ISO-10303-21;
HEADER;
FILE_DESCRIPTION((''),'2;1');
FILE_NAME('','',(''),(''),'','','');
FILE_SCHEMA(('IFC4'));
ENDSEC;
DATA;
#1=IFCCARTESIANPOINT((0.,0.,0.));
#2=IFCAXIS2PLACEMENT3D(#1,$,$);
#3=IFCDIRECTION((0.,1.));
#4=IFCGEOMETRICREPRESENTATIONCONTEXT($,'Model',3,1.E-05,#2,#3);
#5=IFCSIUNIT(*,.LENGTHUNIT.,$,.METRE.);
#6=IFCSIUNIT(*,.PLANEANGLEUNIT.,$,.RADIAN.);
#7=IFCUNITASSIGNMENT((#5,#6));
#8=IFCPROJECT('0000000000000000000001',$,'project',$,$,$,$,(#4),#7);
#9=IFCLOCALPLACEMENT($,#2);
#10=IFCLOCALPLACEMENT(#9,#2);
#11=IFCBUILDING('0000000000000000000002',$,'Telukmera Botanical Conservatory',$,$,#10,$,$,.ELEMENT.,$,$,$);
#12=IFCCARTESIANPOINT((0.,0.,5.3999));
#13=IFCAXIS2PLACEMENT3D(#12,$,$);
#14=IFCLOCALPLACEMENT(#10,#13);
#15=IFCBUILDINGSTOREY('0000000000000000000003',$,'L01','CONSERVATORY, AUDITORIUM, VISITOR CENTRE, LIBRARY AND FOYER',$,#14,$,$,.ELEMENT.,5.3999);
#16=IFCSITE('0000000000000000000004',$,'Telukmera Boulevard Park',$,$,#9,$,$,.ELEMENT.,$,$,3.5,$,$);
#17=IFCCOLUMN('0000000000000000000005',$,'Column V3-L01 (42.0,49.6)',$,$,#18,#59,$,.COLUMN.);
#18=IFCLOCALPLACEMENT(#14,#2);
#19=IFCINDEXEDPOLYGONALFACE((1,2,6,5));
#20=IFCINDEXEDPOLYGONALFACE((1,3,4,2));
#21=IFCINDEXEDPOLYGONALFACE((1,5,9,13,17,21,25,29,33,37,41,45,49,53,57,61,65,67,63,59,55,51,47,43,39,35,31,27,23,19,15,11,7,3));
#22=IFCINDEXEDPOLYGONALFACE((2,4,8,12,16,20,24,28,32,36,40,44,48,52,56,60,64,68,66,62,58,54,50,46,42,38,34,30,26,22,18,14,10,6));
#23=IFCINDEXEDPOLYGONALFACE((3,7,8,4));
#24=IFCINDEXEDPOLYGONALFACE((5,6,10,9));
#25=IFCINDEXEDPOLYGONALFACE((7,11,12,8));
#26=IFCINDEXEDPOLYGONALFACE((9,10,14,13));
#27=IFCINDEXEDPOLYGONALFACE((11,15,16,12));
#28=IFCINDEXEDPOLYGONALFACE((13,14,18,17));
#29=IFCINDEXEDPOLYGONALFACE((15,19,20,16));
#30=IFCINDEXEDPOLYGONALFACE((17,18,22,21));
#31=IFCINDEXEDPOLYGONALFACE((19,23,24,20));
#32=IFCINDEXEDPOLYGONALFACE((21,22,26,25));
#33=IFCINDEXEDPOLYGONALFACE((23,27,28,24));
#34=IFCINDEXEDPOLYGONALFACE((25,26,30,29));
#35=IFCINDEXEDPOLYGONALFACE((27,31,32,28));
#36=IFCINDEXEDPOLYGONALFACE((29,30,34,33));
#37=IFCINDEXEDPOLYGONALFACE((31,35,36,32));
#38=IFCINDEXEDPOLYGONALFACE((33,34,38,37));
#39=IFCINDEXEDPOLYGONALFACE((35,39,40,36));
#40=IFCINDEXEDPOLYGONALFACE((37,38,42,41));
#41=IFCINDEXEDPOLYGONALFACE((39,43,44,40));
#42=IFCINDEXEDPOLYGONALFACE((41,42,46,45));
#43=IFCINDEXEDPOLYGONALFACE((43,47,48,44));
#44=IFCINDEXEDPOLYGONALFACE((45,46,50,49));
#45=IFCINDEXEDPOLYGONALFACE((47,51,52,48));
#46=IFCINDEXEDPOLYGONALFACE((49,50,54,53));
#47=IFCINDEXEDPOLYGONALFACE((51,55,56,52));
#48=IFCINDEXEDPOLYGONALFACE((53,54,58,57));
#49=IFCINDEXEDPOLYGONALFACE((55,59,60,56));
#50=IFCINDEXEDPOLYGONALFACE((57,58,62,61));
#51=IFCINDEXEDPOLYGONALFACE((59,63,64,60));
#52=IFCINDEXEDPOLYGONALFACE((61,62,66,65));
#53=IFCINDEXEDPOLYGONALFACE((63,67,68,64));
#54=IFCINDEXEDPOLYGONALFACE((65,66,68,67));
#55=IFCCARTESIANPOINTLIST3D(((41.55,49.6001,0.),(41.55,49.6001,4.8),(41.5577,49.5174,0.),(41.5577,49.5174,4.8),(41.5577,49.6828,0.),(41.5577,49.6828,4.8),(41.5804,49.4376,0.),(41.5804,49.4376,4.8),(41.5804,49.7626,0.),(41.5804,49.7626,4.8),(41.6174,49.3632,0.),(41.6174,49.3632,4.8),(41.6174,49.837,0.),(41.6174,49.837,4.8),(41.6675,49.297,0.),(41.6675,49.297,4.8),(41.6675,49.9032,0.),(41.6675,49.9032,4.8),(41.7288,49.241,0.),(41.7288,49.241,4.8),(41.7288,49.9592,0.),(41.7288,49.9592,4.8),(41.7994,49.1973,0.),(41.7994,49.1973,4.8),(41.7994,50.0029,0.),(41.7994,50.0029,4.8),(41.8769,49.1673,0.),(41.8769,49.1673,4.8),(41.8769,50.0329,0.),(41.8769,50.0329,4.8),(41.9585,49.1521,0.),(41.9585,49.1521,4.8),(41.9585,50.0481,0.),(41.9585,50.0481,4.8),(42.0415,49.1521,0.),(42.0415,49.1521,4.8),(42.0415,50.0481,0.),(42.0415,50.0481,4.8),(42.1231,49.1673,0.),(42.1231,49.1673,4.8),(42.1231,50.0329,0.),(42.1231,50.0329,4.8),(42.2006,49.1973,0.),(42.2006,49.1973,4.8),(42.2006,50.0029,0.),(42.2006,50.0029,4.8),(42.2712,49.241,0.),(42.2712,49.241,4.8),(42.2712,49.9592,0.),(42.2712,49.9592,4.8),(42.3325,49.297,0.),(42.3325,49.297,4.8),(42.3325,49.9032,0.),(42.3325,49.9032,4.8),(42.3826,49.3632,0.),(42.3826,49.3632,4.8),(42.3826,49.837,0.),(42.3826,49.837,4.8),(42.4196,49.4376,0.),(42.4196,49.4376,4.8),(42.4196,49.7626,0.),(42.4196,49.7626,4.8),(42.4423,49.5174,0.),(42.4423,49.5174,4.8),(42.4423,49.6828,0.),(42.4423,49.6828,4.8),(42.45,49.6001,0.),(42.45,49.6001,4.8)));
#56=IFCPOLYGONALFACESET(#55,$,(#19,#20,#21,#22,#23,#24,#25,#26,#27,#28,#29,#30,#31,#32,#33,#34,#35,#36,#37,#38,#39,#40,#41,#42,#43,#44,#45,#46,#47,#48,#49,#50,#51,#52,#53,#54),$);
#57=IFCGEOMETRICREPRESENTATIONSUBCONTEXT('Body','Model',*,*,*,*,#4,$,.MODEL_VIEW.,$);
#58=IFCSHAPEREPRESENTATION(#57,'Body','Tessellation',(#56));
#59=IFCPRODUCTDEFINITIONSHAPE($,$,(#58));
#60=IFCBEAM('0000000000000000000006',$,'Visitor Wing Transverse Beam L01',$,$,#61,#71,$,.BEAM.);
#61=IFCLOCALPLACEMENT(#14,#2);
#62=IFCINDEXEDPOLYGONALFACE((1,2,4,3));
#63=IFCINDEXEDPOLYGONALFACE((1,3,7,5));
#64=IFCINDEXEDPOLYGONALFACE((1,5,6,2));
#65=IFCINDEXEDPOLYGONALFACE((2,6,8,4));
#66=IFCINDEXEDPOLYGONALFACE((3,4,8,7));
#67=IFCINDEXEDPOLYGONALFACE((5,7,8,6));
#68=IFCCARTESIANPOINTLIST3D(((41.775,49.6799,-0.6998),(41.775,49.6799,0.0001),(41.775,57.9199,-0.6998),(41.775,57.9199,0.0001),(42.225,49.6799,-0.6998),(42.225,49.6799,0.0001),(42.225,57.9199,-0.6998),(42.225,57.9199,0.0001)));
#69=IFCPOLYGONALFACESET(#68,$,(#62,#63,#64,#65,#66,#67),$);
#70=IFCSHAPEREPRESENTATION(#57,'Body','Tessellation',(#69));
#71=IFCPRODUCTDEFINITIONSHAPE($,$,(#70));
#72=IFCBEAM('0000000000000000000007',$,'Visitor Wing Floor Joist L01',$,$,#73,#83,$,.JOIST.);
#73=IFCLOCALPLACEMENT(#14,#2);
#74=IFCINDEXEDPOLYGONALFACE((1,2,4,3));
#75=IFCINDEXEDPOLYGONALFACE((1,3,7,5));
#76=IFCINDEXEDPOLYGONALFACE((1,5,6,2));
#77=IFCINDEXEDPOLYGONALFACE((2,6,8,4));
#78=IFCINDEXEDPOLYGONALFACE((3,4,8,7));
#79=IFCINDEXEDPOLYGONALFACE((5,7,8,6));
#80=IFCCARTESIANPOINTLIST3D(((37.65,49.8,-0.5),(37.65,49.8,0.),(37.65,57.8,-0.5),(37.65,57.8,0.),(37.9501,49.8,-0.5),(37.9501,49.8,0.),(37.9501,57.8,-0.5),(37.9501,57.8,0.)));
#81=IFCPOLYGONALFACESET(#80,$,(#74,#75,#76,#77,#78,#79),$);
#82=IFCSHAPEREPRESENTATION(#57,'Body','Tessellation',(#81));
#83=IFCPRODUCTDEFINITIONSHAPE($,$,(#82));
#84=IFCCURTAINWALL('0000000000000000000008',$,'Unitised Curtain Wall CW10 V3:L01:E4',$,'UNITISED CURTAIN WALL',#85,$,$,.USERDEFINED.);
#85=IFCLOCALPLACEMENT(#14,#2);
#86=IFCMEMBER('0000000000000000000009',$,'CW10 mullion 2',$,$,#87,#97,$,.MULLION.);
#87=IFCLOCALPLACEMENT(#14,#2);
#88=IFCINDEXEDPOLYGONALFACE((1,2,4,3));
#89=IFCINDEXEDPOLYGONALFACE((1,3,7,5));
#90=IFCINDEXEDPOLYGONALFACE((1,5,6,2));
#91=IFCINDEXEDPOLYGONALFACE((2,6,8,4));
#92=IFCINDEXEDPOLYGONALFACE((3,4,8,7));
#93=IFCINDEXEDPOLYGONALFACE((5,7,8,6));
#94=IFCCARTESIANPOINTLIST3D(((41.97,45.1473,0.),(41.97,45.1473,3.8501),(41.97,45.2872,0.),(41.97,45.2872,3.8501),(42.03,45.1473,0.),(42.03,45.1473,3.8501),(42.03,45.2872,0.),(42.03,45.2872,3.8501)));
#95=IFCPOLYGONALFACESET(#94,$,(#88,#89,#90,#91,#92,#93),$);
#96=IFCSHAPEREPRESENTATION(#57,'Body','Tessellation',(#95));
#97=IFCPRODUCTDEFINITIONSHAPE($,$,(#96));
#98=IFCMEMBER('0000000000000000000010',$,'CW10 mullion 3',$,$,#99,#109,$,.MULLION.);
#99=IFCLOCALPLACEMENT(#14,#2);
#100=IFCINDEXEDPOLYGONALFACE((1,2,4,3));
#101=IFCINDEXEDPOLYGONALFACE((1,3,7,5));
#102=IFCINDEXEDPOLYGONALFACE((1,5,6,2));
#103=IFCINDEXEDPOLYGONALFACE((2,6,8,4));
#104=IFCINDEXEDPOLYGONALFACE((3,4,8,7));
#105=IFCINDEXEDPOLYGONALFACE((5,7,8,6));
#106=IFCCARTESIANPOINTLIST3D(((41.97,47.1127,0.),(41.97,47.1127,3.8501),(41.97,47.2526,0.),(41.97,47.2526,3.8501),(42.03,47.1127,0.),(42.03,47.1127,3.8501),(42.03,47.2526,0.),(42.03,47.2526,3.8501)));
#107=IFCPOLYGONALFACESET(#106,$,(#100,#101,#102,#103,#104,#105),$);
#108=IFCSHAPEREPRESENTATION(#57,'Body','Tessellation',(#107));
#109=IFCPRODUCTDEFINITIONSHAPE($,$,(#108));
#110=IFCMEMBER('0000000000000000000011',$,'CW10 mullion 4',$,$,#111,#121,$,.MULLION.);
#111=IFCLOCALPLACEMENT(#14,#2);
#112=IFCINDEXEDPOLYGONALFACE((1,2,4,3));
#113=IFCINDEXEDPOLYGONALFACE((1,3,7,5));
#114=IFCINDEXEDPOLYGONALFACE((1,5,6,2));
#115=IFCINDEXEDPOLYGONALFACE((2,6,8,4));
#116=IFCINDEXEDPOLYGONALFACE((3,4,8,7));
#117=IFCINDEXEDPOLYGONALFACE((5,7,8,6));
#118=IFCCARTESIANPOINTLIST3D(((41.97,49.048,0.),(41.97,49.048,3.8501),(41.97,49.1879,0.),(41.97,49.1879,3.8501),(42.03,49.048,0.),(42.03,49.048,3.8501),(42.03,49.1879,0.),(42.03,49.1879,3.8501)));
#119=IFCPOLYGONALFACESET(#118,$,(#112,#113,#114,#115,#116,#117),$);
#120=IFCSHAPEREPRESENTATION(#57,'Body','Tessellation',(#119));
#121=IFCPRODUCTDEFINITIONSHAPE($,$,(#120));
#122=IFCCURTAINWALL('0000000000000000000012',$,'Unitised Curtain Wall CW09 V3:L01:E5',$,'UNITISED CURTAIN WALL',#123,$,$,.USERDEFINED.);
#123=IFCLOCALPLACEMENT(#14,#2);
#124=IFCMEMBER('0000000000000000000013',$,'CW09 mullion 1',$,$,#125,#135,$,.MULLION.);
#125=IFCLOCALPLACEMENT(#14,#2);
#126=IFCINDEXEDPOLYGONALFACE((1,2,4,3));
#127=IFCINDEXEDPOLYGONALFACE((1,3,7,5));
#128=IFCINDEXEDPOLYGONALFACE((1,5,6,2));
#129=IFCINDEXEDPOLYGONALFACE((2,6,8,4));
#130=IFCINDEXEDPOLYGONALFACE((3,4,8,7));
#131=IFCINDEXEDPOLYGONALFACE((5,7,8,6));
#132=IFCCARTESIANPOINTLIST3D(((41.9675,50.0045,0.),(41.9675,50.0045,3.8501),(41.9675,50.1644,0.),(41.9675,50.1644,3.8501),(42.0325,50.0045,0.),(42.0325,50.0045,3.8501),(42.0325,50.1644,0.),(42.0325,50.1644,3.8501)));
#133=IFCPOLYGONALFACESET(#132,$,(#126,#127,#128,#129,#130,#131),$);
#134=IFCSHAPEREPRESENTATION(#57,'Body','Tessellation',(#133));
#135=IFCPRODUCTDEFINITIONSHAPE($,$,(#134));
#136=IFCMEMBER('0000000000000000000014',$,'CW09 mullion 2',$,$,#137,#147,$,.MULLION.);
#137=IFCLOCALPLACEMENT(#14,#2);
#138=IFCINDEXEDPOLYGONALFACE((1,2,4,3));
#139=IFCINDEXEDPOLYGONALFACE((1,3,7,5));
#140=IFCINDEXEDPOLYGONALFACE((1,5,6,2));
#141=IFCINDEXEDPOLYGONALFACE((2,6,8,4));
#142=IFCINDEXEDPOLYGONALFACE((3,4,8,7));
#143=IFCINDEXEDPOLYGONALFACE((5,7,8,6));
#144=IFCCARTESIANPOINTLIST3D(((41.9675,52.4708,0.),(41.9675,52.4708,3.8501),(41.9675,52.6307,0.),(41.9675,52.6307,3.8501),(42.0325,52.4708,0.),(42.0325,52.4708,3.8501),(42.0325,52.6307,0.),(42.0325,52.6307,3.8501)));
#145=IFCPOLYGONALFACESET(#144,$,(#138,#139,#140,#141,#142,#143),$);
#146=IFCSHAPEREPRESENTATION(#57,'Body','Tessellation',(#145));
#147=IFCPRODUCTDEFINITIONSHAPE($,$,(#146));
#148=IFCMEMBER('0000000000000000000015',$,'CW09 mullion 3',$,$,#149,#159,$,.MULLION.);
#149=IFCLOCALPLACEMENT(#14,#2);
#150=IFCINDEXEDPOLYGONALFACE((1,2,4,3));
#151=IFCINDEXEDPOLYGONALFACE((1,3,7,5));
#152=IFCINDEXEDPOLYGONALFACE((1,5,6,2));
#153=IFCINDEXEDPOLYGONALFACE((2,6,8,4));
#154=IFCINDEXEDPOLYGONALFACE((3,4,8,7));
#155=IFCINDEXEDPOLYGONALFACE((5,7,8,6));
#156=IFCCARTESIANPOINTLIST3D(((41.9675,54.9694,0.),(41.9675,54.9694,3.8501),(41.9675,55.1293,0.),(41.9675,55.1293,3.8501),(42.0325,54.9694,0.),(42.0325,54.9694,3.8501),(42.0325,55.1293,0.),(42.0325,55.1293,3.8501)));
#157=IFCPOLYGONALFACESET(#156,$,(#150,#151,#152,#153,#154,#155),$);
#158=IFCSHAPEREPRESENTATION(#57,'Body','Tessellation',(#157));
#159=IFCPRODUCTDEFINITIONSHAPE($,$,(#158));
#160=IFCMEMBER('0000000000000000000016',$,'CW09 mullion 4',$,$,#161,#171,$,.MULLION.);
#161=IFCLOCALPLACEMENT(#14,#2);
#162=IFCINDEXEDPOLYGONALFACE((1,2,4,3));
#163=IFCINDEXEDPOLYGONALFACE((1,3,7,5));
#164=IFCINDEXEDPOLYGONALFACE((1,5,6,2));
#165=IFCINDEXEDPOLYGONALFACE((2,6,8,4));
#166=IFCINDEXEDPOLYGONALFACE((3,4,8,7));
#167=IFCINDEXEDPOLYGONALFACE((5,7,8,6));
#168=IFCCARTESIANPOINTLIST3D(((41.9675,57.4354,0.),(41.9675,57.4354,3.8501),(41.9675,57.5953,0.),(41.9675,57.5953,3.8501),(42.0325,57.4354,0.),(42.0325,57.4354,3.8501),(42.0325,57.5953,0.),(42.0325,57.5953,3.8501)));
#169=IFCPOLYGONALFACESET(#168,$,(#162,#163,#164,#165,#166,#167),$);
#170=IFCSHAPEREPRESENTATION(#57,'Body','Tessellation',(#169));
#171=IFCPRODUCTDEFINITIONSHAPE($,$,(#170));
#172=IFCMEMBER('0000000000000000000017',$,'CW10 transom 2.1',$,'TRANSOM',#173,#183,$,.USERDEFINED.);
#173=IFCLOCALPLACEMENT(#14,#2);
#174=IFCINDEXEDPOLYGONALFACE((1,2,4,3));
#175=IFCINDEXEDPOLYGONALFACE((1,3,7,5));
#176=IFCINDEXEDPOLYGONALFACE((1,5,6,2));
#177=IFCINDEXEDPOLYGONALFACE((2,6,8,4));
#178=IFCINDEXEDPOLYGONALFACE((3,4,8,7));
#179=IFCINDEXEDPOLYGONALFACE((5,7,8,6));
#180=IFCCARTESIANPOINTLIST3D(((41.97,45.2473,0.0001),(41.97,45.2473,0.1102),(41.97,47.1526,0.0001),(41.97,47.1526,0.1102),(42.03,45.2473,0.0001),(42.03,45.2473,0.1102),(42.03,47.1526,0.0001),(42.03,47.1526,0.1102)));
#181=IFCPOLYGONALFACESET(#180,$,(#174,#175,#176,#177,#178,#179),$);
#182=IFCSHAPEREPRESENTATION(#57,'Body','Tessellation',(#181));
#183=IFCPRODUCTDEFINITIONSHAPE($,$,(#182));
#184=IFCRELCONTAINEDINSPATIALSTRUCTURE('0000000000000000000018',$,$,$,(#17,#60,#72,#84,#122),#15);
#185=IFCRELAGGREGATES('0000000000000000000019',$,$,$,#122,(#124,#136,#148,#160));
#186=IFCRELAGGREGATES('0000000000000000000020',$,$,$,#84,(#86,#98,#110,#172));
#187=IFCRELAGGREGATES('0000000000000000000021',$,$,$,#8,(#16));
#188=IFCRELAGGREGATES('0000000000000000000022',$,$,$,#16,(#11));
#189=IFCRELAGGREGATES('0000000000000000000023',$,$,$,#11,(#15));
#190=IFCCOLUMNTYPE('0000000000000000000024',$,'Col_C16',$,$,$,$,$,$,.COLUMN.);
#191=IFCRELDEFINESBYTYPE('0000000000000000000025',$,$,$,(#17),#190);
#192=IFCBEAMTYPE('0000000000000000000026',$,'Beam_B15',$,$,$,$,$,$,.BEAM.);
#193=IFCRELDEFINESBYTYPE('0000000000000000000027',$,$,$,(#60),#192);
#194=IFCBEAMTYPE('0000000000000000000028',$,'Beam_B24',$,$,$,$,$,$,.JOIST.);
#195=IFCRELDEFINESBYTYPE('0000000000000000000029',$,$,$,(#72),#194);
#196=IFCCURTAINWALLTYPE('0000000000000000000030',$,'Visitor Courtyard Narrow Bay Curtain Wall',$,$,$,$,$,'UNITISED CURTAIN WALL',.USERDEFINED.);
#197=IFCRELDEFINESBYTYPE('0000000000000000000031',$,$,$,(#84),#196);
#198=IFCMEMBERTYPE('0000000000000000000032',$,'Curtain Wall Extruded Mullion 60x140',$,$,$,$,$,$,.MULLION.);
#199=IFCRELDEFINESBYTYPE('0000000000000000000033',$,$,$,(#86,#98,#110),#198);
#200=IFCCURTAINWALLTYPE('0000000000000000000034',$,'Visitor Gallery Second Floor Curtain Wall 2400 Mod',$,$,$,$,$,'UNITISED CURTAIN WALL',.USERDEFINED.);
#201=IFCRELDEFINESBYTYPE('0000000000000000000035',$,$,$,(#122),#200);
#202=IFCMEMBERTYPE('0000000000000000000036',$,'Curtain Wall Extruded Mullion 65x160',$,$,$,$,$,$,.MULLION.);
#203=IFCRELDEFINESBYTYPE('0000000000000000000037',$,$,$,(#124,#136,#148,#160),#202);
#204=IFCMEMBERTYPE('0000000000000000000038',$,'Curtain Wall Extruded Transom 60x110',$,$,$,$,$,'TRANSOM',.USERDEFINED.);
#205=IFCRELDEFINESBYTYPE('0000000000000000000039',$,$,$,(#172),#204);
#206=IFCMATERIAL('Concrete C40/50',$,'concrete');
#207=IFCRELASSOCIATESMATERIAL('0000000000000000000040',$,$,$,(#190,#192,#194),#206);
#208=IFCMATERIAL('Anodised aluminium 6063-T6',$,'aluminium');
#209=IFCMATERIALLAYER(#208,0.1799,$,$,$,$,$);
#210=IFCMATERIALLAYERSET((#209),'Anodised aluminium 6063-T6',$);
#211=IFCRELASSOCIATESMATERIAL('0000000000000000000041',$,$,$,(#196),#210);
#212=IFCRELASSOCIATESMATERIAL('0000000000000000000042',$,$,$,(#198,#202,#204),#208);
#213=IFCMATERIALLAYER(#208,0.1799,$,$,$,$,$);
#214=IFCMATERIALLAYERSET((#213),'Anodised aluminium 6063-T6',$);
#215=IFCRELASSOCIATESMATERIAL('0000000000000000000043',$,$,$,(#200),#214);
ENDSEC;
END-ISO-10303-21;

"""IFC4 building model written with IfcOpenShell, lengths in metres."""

from ifc_helpers import new_model, si_unit, direction, frame, origin, origin_2d, place, context, subcontext, project, spatial, rectangle, circle, extrude, material, layer, layer_set, material_profile, profile_set, type_object, element, aggregate, save


model = new_model("IFC4")

# Units and contexts
model_context = context("Model", 3, precision=1e-05, world=origin(), true_north=direction((0.0, 1.0)))
body_context = subcontext(model_context, "Body", "Model", "MODEL_VIEW")
ifc_project = project(units=[si_unit("LENGTHUNIT", "METRE"), si_unit("PLANEANGLEUNIT", "RADIAN")], contexts=[model_context])

# Site, building, storey
site_placement = place(None, origin())
site = spatial("IfcSite", under=ifc_project, at=site_placement, Name="Telukmera Boulevard Park", CompositionType="ELEMENT", RefElevation=3.5)
building_placement = place(site_placement, origin())
building = spatial("IfcBuilding", under=site, at=building_placement, Name="Telukmera Botanical Conservatory", CompositionType="ELEMENT")
storey_placement = place(building_placement, frame((0.0, 0.0, 5.3999)))
storey = spatial("IfcBuildingStorey", under=building, at=storey_placement, Name="L01", Description="CONSERVATORY, AUDITORIUM, VISITOR CENTRE, LIBRARY AND FOYER", CompositionType="ELEMENT", Elevation=5.3999)

# Column
ifc_material_1 = material(Name="Concrete C40/50", Category="concrete")
ifc_material_profile_1 = material_profile(ifc_material_1, circle(Radius=0.45, at=origin_2d()), Name="RC D900")
ifc_profile_set_1 = profile_set([ifc_material_profile_1], Name="Concrete C40/50")
column_type = type_object("IfcColumnType", Name="Col_C16", PredefinedType="COLUMN", material=ifc_profile_set_1)
column_placement = place(storey_placement, frame((42.0, 49.6001, 0.0), z_axis=(0.0, 0.0, 1.0), x_axis=(1.0, 0.0, 0.0)))
element("IfcColumn", 1, at=column_placement, inside=storey, type_object=column_type, Name="Column V3-L01 (42.0,49.6)", PredefinedType="COLUMN", context=body_context, shape_type="SweptSolid", body=[
    extrude(circle(Radius=0.45, at=origin_2d()), origin(), (0.0, 0.0, 1.0), 4.8),
])

# Beams
ifc_material_profile_2 = material_profile(ifc_material_1, rectangle(XDim=0.45, YDim=0.7, at=origin_2d()), Name="RC 450x700")
ifc_profile_set_2 = profile_set([ifc_material_profile_2], Name="Concrete C40/50")
beam_type_1 = type_object("IfcBeamType", Name="Beam_B15", PredefinedType="BEAM", material=ifc_profile_set_2)
beam_1_placement = place(storey_placement, frame((42.0, 49.6799, -0.3499), z_axis=(0.0, 1.0, 0.0), x_axis=(-1.0, 0.0, 0.0)))
element("IfcBeam", 2, at=beam_1_placement, inside=storey, type_object=beam_type_1, Name="Visitor Wing Transverse Beam L01", PredefinedType="BEAM", context=body_context, shape_type="SweptSolid", body=[
    extrude(rectangle(XDim=0.45, YDim=0.7, at=origin_2d()), origin(), (0.0, 0.0, 1.0), 8.24),
])
ifc_material_profile_3 = material_profile(ifc_material_1, rectangle(XDim=0.3, YDim=0.5, at=origin_2d()), Name="RC 300x500")
ifc_profile_set_3 = profile_set([ifc_material_profile_3], Name="Concrete C40/50")
beam_type_2 = type_object("IfcBeamType", Name="Beam_B24", PredefinedType="JOIST", material=ifc_profile_set_3)
beam_2_placement = place(storey_placement, frame((37.8, 49.8, -0.25), z_axis=(0.0, 1.0, 0.0), x_axis=(-1.0, 0.0, 0.0)))
element("IfcBeam", 3, at=beam_2_placement, inside=storey, type_object=beam_type_2, Name="Visitor Wing Floor Joist L01", PredefinedType="JOIST", context=body_context, shape_type="SweptSolid", body=[
    extrude(rectangle(XDim=0.3, YDim=0.5, at=origin_2d()), origin(), (0.0, 0.0, 1.0), 8.0),
])

# Curtain walls, members
ifc_material_2 = material(Name="Anodised aluminium 6063-T6", Category="aluminium")
ifc_layer_1 = layer(ifc_material_2, 0.1799)
ifc_layer_set_1 = layer_set([ifc_layer_1], Name="Anodised aluminium 6063-T6")
curtain_wall_type_1 = type_object("IfcCurtainWallType", Name="Visitor Courtyard Narrow Bay Curtain Wall", ElementType="UNITISED CURTAIN WALL", PredefinedType="USERDEFINED", material=ifc_layer_set_1)
curtain_wall_1_placement = place(storey_placement, origin())
curtain_wall_1 = element("IfcCurtainWall", 4, at=curtain_wall_1_placement, inside=storey, type_object=curtain_wall_type_1, Name="Unitised Curtain Wall CW10 V3:L01:E4", ObjectType="UNITISED CURTAIN WALL", PredefinedType="USERDEFINED")
ifc_material_profile_4 = material_profile(ifc_material_2, rectangle(XDim=0.0601, YDim=0.1399, at=origin_2d()), Name="ALU MULL 60x140")
ifc_profile_set_4 = profile_set([ifc_material_profile_4], Name="Anodised aluminium 6063-T6")
member_type_1 = type_object("IfcMemberType", Name="Curtain Wall Extruded Mullion 60x140", PredefinedType="MULLION", material=ifc_profile_set_4)
member_1_placement = place(storey_placement, frame((42.0, 45.2173, 0.0), z_axis=(0.0, 0.0, 1.0), x_axis=(-1.0, 0.0, 0.0)))
member_1 = element("IfcMember", 5, at=member_1_placement, type_object=member_type_1, Name="CW10 mullion 2", PredefinedType="MULLION", context=body_context, shape_type="SweptSolid", body=[
    extrude(rectangle(XDim=0.0601, YDim=0.1399, at=origin_2d()), origin(), (0.0, 0.0, 1.0), 3.8501),
])
member_2_placement = place(storey_placement, frame((42.0, 47.1826, 0.0), z_axis=(0.0, 0.0, 1.0), x_axis=(-1.0, 0.0, 0.0)))
member_2 = element("IfcMember", 6, at=member_2_placement, type_object=member_type_1, Name="CW10 mullion 3", PredefinedType="MULLION", context=body_context, shape_type="SweptSolid", body=[
    extrude(rectangle(XDim=0.0601, YDim=0.1399, at=origin_2d()), origin(), (0.0, 0.0, 1.0), 3.8501),
])
member_3_placement = place(storey_placement, frame((42.0, 49.1179, 0.0), z_axis=(0.0, 0.0, 1.0), x_axis=(-1.0, 0.0, 0.0)))
member_3 = element("IfcMember", 7, at=member_3_placement, type_object=member_type_1, Name="CW10 mullion 4", PredefinedType="MULLION", context=body_context, shape_type="SweptSolid", body=[
    extrude(rectangle(XDim=0.0601, YDim=0.1399, at=origin_2d()), origin(), (0.0, 0.0, 1.0), 3.8501),
])
ifc_layer_2 = layer(ifc_material_2, 0.1799)
ifc_layer_set_2 = layer_set([ifc_layer_2], Name="Anodised aluminium 6063-T6")
curtain_wall_type_2 = type_object("IfcCurtainWallType", Name="Visitor Gallery Second Floor Curtain Wall 2400 Mod", ElementType="UNITISED CURTAIN WALL", PredefinedType="USERDEFINED", material=ifc_layer_set_2)
curtain_wall_2_placement = place(storey_placement, origin())
curtain_wall_2 = element("IfcCurtainWall", 8, at=curtain_wall_2_placement, inside=storey, type_object=curtain_wall_type_2, Name="Unitised Curtain Wall CW09 V3:L01:E5", ObjectType="UNITISED CURTAIN WALL", PredefinedType="USERDEFINED")
ifc_material_profile_5 = material_profile(ifc_material_2, rectangle(XDim=0.0649, YDim=0.1599, at=origin_2d()), Name="ALU MULL 65x160")
ifc_profile_set_5 = profile_set([ifc_material_profile_5], Name="Anodised aluminium 6063-T6")
member_type_2 = type_object("IfcMemberType", Name="Curtain Wall Extruded Mullion 65x160", PredefinedType="MULLION", material=ifc_profile_set_5)
member_4_placement = place(storey_placement, frame((42.0, 50.0845, 0.0), z_axis=(0.0, 0.0, 1.0), x_axis=(-1.0, 0.0, 0.0)))
member_4 = element("IfcMember", 9, at=member_4_placement, type_object=member_type_2, Name="CW09 mullion 1", PredefinedType="MULLION", context=body_context, shape_type="SweptSolid", body=[
    extrude(rectangle(XDim=0.0649, YDim=0.1599, at=origin_2d()), origin(), (0.0, 0.0, 1.0), 3.8501),
])
member_5_placement = place(storey_placement, frame((42.0, 52.5508, 0.0), z_axis=(0.0, 0.0, 1.0), x_axis=(-1.0, 0.0, 0.0)))
member_5 = element("IfcMember", 10, at=member_5_placement, type_object=member_type_2, Name="CW09 mullion 2", PredefinedType="MULLION", context=body_context, shape_type="SweptSolid", body=[
    extrude(rectangle(XDim=0.0649, YDim=0.1599, at=origin_2d()), origin(), (0.0, 0.0, 1.0), 3.8501),
])
member_6_placement = place(storey_placement, frame((42.0, 55.0493, 0.0), z_axis=(0.0, 0.0, 1.0), x_axis=(-1.0, 0.0, 0.0)))
member_6 = element("IfcMember", 11, at=member_6_placement, type_object=member_type_2, Name="CW09 mullion 3", PredefinedType="MULLION", context=body_context, shape_type="SweptSolid", body=[
    extrude(rectangle(XDim=0.0649, YDim=0.1599, at=origin_2d()), origin(), (0.0, 0.0, 1.0), 3.8501),
])
member_7_placement = place(storey_placement, frame((42.0, 57.5154, 0.0), z_axis=(0.0, 0.0, 1.0), x_axis=(-1.0, 0.0, 0.0)))
member_7 = element("IfcMember", 12, at=member_7_placement, type_object=member_type_2, Name="CW09 mullion 4", PredefinedType="MULLION", context=body_context, shape_type="SweptSolid", body=[
    extrude(rectangle(XDim=0.0649, YDim=0.1599, at=origin_2d()), origin(), (0.0, 0.0, 1.0), 3.8501),
])

# Member
ifc_material_profile_6 = material_profile(ifc_material_2, rectangle(XDim=0.0601, YDim=0.1101, at=origin_2d()), Name="ALU TRAN 60x110")
ifc_profile_set_6 = profile_set([ifc_material_profile_6], Name="Anodised aluminium 6063-T6")
member_type_3 = type_object("IfcMemberType", Name="Curtain Wall Extruded Transom 60x110", ElementType="TRANSOM", PredefinedType="USERDEFINED", material=ifc_profile_set_6)
member_8_placement = place(storey_placement, frame((42.0, 45.2473, 0.0552), z_axis=(0.0, 1.0, 0.0), x_axis=(-1.0, 0.0, 0.0)))
member_8 = element("IfcMember", 13, at=member_8_placement, type_object=member_type_3, Name="CW10 transom 2.1", ObjectType="TRANSOM", PredefinedType="USERDEFINED", context=body_context, shape_type="SweptSolid", body=[
    extrude(rectangle(XDim=0.0601, YDim=0.1101, at=origin_2d()), origin(), (0.0, 0.0, 1.0), 1.9053),
])

aggregate(curtain_wall_2, [member_4, member_5, member_6, member_7])
aggregate(curtain_wall_1, [member_1, member_2, member_3, member_8])

save(model, "model.ifc")
